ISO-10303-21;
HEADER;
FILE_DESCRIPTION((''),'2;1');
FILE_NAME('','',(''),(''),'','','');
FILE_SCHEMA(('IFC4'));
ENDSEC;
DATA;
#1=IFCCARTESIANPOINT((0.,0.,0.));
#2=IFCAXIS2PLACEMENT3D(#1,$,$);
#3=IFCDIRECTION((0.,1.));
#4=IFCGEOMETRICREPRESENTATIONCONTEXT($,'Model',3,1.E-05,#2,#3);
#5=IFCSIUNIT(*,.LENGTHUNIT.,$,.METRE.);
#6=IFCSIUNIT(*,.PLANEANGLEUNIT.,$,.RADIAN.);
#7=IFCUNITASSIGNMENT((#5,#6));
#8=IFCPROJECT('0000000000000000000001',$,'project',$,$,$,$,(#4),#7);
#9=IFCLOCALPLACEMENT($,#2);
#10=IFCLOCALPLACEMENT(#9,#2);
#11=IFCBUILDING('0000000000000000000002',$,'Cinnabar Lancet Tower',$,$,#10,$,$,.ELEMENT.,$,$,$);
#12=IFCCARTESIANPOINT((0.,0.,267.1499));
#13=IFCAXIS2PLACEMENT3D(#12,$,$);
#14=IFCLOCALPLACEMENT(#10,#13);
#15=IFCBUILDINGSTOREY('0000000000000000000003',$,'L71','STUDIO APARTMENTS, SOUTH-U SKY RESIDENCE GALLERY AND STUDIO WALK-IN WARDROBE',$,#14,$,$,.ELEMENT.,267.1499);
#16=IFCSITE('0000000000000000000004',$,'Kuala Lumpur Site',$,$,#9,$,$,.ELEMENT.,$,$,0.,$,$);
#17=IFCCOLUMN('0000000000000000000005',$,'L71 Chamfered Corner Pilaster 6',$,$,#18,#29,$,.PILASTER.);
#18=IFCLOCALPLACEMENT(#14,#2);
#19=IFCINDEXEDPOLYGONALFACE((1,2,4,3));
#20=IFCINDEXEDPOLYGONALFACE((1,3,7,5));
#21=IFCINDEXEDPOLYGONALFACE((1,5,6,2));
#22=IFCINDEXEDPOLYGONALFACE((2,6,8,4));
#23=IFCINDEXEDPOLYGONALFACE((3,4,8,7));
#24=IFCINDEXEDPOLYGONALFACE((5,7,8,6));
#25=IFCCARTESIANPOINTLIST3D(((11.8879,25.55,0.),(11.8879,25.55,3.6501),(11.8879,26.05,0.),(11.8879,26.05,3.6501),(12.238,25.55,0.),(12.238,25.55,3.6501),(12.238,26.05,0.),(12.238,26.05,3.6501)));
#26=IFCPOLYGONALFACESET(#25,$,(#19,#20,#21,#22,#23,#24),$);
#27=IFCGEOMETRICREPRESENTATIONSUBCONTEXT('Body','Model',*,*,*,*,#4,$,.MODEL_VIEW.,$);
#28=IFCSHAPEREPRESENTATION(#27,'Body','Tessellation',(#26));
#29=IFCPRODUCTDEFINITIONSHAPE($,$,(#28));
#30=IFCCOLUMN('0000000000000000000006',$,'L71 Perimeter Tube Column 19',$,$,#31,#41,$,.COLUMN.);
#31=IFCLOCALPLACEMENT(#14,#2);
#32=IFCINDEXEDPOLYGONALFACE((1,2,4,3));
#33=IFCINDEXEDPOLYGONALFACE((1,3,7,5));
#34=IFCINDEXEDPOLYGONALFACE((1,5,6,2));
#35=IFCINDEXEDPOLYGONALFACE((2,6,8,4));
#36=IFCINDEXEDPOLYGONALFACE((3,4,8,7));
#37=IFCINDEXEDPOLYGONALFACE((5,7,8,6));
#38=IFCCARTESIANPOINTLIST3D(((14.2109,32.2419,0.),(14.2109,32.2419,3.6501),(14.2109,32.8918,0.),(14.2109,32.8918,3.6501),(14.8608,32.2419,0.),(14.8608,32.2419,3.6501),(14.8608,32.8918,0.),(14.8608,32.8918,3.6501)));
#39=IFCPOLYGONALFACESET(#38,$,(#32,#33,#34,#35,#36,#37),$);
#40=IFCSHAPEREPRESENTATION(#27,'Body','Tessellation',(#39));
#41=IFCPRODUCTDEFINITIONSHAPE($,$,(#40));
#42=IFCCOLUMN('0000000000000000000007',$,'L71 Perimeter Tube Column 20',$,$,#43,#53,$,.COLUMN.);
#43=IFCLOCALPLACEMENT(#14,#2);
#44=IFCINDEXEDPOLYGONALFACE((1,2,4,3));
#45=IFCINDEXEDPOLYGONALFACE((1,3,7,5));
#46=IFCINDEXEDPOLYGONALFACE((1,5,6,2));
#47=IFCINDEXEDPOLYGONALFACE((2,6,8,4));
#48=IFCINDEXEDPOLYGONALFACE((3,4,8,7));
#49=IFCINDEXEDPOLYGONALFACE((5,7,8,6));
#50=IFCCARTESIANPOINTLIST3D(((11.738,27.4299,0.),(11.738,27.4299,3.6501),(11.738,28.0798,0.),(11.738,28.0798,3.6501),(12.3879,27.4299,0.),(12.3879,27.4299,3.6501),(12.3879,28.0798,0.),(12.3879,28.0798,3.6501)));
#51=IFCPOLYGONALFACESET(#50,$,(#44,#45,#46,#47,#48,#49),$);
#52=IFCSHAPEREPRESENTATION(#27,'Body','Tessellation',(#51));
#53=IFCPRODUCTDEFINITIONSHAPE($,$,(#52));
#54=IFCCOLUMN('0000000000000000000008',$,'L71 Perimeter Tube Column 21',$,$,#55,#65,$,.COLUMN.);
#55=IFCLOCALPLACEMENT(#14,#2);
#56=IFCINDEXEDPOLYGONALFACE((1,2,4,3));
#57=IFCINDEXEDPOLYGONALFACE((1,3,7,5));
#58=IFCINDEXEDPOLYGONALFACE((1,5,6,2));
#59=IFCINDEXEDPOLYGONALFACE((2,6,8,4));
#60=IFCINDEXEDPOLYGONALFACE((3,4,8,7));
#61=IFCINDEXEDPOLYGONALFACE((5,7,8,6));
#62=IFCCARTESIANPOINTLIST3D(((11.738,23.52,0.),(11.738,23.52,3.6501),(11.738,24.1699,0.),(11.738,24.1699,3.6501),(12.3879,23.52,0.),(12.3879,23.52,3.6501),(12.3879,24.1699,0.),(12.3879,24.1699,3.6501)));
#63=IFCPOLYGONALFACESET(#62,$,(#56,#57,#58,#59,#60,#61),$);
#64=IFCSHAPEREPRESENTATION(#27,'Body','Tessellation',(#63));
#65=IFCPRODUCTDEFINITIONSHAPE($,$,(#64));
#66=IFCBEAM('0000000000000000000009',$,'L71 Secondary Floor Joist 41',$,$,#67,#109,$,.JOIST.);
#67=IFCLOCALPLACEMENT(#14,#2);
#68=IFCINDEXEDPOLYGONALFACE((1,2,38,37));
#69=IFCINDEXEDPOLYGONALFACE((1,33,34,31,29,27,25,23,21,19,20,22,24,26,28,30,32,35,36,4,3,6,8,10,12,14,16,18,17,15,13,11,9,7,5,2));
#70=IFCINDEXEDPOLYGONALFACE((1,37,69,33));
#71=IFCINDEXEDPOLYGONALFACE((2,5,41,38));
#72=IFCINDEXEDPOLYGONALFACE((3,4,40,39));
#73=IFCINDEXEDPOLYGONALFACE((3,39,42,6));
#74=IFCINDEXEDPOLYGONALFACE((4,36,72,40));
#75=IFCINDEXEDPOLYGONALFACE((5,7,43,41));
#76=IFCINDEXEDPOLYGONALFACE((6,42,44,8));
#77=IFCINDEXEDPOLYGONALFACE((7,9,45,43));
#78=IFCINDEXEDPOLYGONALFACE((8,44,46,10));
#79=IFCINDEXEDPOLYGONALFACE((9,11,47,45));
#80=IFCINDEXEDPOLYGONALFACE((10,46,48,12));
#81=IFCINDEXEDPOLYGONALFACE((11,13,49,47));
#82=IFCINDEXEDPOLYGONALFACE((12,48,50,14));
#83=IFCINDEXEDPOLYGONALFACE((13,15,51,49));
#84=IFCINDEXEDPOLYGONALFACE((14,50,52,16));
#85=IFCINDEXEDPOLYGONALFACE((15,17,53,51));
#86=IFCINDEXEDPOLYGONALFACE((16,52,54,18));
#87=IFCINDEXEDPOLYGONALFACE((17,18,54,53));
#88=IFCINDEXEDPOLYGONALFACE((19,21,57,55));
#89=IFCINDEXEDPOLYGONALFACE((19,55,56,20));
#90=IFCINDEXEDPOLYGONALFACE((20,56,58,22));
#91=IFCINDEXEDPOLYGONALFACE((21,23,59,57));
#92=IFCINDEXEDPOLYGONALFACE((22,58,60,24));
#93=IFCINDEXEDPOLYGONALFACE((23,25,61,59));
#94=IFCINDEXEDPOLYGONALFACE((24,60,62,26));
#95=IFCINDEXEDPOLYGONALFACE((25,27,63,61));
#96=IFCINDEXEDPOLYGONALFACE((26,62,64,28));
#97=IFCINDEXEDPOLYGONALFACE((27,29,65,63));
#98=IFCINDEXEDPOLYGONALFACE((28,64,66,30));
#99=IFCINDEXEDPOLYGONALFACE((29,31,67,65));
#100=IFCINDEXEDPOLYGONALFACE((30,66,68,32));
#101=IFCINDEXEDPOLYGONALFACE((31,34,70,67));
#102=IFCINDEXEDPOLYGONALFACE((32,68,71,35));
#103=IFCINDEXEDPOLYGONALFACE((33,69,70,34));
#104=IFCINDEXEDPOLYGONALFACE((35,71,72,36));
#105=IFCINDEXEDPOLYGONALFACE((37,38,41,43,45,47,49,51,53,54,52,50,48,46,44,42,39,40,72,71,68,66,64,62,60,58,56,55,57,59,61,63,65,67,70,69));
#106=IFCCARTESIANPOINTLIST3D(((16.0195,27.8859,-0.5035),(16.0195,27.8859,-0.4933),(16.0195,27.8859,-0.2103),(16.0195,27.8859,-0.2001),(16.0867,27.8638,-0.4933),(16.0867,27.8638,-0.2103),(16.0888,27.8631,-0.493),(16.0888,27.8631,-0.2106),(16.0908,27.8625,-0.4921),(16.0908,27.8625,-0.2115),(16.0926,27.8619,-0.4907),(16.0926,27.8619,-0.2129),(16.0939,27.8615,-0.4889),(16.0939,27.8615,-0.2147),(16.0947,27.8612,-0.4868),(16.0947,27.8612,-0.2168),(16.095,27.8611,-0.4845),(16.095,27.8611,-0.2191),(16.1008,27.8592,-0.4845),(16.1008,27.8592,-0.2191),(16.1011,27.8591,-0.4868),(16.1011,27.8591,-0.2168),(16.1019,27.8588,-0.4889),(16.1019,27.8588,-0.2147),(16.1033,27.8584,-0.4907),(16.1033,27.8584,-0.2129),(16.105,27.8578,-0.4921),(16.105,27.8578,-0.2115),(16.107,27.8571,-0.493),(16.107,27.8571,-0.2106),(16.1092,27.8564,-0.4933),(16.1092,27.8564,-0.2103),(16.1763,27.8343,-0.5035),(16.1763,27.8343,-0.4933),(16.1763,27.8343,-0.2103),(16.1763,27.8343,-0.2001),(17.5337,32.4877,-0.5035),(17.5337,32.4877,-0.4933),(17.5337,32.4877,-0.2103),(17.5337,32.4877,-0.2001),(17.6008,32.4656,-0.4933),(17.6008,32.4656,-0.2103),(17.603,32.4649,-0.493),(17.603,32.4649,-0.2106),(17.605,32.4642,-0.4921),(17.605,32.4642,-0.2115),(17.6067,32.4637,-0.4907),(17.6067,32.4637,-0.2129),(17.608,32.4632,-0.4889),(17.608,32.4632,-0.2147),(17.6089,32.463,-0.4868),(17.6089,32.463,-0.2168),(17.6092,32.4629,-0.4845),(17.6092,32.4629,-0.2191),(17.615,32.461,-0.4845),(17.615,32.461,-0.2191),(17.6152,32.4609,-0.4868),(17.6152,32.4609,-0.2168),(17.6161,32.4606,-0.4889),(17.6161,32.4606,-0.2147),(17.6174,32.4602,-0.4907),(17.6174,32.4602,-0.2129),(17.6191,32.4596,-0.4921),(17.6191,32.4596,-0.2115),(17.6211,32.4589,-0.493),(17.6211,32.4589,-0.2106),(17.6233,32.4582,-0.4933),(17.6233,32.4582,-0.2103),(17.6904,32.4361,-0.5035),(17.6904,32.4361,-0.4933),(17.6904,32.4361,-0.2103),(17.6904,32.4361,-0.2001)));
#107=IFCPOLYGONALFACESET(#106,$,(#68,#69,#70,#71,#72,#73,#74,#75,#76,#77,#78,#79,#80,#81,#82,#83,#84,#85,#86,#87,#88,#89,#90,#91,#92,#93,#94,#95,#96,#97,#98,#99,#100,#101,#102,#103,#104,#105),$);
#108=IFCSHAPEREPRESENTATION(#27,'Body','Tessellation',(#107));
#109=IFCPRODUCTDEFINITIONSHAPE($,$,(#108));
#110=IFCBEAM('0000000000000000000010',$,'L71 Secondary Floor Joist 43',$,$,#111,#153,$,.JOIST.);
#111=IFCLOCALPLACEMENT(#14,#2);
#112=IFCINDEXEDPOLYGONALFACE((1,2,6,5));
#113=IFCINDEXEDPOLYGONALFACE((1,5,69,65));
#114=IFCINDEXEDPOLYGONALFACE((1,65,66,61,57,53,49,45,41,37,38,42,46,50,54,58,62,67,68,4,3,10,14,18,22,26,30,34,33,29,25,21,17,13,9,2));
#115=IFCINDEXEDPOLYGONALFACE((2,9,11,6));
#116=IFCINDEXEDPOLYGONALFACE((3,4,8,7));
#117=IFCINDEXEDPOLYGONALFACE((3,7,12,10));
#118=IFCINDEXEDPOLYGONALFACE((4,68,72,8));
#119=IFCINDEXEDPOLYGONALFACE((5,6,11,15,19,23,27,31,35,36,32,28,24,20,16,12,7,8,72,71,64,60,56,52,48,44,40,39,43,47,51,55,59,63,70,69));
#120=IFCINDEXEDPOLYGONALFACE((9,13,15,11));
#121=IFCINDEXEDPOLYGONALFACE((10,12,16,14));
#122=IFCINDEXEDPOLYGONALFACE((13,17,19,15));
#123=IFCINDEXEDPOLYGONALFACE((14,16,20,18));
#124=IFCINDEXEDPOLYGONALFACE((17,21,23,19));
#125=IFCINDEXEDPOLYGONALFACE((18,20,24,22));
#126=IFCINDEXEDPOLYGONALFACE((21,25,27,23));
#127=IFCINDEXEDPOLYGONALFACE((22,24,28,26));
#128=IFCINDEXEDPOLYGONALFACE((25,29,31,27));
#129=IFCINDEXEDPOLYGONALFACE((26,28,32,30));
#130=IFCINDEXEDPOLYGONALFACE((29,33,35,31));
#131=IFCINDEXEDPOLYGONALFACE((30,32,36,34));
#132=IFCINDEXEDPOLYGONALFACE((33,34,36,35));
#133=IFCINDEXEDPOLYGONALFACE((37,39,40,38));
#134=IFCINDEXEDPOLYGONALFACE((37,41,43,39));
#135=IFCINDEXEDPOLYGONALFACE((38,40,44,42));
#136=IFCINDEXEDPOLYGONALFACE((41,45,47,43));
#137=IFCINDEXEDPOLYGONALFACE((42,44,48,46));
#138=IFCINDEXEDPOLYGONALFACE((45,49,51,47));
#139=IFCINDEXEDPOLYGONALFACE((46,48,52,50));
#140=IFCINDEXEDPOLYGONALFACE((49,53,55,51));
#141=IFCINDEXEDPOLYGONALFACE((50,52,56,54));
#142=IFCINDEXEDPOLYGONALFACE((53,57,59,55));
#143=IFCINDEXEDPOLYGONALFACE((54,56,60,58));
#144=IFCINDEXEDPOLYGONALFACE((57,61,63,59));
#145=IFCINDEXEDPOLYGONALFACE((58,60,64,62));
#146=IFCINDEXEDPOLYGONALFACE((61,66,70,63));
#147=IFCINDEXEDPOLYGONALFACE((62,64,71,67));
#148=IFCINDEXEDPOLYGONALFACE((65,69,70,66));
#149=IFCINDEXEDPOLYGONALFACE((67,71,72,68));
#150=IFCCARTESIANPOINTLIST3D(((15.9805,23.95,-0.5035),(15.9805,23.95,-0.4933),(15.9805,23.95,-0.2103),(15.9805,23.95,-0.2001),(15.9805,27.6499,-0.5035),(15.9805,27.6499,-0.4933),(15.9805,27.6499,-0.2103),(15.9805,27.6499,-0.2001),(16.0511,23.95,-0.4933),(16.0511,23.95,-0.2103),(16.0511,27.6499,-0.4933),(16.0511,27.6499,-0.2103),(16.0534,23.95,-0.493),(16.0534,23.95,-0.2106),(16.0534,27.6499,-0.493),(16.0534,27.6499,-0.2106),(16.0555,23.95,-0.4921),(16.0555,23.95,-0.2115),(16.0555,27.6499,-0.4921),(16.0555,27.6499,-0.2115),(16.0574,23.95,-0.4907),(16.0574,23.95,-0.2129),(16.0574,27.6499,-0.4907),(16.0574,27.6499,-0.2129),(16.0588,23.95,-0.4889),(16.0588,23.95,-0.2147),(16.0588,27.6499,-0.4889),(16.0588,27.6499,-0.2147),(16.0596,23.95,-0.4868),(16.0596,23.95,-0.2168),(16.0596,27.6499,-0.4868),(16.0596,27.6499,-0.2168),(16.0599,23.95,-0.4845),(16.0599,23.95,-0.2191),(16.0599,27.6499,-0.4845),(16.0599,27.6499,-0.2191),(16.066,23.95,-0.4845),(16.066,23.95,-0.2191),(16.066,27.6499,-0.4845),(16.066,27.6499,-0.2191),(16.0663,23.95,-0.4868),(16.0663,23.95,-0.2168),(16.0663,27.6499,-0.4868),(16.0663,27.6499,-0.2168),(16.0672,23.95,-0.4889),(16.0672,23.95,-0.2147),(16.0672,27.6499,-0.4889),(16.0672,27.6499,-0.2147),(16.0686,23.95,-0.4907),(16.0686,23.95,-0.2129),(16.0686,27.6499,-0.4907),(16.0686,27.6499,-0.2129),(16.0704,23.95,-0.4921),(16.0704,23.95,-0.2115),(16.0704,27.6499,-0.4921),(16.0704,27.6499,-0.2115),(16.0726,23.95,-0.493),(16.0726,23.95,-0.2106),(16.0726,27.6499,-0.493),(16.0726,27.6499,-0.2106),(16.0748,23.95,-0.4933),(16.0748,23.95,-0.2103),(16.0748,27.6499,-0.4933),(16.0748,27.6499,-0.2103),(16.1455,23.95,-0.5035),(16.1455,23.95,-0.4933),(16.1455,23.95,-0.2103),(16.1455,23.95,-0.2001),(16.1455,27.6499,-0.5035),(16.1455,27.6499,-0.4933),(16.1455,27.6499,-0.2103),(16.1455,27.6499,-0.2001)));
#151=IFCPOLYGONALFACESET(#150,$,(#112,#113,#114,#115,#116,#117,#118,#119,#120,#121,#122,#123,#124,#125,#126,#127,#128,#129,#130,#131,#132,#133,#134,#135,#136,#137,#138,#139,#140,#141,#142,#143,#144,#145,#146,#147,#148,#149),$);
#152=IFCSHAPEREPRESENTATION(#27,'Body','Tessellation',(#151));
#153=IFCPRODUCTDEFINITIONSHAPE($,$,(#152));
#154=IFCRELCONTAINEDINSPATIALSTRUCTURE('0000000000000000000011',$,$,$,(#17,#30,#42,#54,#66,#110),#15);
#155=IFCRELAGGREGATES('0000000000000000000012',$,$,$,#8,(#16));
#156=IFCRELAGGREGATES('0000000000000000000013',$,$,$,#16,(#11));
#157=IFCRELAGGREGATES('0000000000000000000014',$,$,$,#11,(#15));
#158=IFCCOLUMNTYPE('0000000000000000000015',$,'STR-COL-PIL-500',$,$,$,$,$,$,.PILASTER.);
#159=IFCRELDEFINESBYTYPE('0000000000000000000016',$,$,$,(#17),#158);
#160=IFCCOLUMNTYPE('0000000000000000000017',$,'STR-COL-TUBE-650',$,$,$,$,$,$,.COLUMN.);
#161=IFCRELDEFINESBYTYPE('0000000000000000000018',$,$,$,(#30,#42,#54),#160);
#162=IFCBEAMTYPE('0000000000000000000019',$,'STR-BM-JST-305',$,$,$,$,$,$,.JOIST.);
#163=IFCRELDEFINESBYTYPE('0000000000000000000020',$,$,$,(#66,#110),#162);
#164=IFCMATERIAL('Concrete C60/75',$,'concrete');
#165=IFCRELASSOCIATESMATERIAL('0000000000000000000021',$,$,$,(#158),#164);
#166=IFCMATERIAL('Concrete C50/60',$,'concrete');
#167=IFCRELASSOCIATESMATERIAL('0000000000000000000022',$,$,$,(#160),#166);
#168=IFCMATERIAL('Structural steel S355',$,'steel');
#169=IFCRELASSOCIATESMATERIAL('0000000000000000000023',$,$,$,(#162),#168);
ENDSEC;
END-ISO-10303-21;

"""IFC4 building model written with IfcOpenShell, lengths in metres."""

from ifc_helpers import new_model, si_unit, direction, frame, origin, origin_2d, place, context, subcontext, project, spatial, rectangle, i_section, extrude, material, material_profile, profile_set, type_object, element, save


model = new_model("IFC4")

# Units and contexts
model_context = context("Model", 3, precision=1e-05, world=origin(), true_north=direction((0.0, 1.0)))
body_context = subcontext(model_context, "Body", "Model", "MODEL_VIEW")
ifc_project = project(units=[si_unit("LENGTHUNIT", "METRE"), si_unit("PLANEANGLEUNIT", "RADIAN")], contexts=[model_context])

# Site, building, storey
site_placement = place(None, origin())
site = spatial("IfcSite", under=ifc_project, at=site_placement, Name="Kuala Lumpur Site", CompositionType="ELEMENT", RefElevation=0.0)
building_placement = place(site_placement, origin())
building = spatial("IfcBuilding", under=site, at=building_placement, Name="Cinnabar Lancet Tower", CompositionType="ELEMENT")
storey_placement = place(building_placement, frame((0.0, 0.0, 267.1499)))
storey = spatial("IfcBuildingStorey", under=building, at=storey_placement, Name="L71", Description="STUDIO APARTMENTS, SOUTH-U SKY RESIDENCE GALLERY AND STUDIO WALK-IN WARDROBE", CompositionType="ELEMENT", Elevation=267.1499)

# Columns
ifc_material_1 = material(Name="Concrete C60/75", Category="concrete")
ifc_material_profile_1 = material_profile(ifc_material_1, rectangle(XDim=0.5, YDim=0.3501, at=origin_2d()), Name="RC-PIL 500x350")
ifc_profile_set_1 = profile_set([ifc_material_profile_1], Name="Concrete C60/75")
column_type_1 = type_object("IfcColumnType", Name="STR-COL-PIL-500", PredefinedType="PILASTER", material=ifc_profile_set_1)
column_placement = place(storey_placement, frame((12.063, 25.8, 0.0), z_axis=(0.0, 0.0, 1.0), x_axis=(0.0, -1.0, 0.0)))
element("IfcColumn", 1, at=column_placement, inside=storey, type_object=column_type_1, Name="L71 Chamfered Corner Pilaster 6", PredefinedType="PILASTER", context=body_context, shape_type="SweptSolid", body=[
    extrude(rectangle(XDim=0.5, YDim=0.3501, at=origin_2d()), origin(), (0.0, 0.0, 1.0), 3.6501),
])
ifc_material_2 = material(Name="Concrete C50/60", Category="concrete")
ifc_material_profile_2 = material_profile(ifc_material_2, rectangle(XDim=0.6499, YDim=0.6499, at=origin_2d()), Name="RC-COL 650x650")
ifc_profile_set_2 = profile_set([ifc_material_profile_2], Name="Concrete C50/60")
column_type_2 = type_object("IfcColumnType", Name="STR-COL-TUBE-650", PredefinedType="COLUMN", material=ifc_profile_set_2)
for number, where, z_axis, x_axis, name in (
    (2, (14.5359, 32.5669, 0.0), (0.0, 0.0, 1.0), (1.0, 0.0, 0.0), "L71 Perimeter Tube Column 19"),
    (3, (12.063, 27.7549, 0.0), (0.0, 0.0, 1.0), (1.0, 0.0, 0.0), "L71 Perimeter Tube Column 20"),
    (4, (12.063, 23.845, 0.0), (0.0, 0.0, 1.0), (1.0, 0.0, 0.0), "L71 Perimeter Tube Column 21"),
):
    element("IfcColumn", number, at=place(storey_placement, frame(where, z_axis=z_axis, x_axis=x_axis)), inside=storey, type_object=column_type_2, Name=name, PredefinedType="COLUMN", context=body_context, shape_type="SweptSolid", body=[
        extrude(rectangle(XDim=0.6499, YDim=0.6499, at=origin_2d()), origin(), (0.0, 0.0, 1.0), 3.6501),
    ])

# Beams
ifc_material_3 = material(Name="Structural steel S355", Category="steel")
ifc_material_profile_3 = material_profile(ifc_material_3, i_section(OverallWidth=0.165, OverallDepth=0.3035, WebThickness=0.0061, FlangeThickness=0.0103, FilletRadius=0.0088, at=origin_2d()), Name="UKB 305x165x40")
ifc_profile_set_3 = profile_set([ifc_material_profile_3], Name="Structural steel S355")
beam_type_1 = type_object("IfcBeamType", Name="STR-BM-JST-305", PredefinedType="JOIST", material=ifc_profile_set_3)
beam_1_placement = place(storey_placement, frame((17.6121, 32.4619, -0.3518), z_axis=(-0.312552, -0.949901, 0.0), x_axis=(0.949901, -0.312552, 0.0)))
element("IfcBeam", 5, at=beam_1_placement, inside=storey, type_object=beam_type_1, Name="L71 Secondary Floor Joist 41", PredefinedType="JOIST", context=body_context, shape_type="SweptSolid", body=[
    extrude(i_section(OverallWidth=0.165, OverallDepth=0.3035, WebThickness=0.0061, FlangeThickness=0.0103, FilletRadius=0.0088, at=origin_2d()), origin(), (0.0, 0.0, 1.0), 4.8445),
])
beam_2_placement = place(storey_placement, frame((16.063, 27.6499, -0.3518), z_axis=(0.0, -1.0, 0.0), x_axis=(1.0, 0.0, 0.0)))
element("IfcBeam", 6, at=beam_2_placement, inside=storey, type_object=beam_type_1, Name="L71 Secondary Floor Joist 43", PredefinedType="JOIST", context=body_context, shape_type="SweptSolid", body=[
    extrude(i_section(OverallWidth=0.165, OverallDepth=0.3035, WebThickness=0.0061, FlangeThickness=0.0103, FilletRadius=0.0088, at=origin_2d()), origin(), (0.0, 0.0, 1.0), 3.7),
])

save(model, "model.ifc")
